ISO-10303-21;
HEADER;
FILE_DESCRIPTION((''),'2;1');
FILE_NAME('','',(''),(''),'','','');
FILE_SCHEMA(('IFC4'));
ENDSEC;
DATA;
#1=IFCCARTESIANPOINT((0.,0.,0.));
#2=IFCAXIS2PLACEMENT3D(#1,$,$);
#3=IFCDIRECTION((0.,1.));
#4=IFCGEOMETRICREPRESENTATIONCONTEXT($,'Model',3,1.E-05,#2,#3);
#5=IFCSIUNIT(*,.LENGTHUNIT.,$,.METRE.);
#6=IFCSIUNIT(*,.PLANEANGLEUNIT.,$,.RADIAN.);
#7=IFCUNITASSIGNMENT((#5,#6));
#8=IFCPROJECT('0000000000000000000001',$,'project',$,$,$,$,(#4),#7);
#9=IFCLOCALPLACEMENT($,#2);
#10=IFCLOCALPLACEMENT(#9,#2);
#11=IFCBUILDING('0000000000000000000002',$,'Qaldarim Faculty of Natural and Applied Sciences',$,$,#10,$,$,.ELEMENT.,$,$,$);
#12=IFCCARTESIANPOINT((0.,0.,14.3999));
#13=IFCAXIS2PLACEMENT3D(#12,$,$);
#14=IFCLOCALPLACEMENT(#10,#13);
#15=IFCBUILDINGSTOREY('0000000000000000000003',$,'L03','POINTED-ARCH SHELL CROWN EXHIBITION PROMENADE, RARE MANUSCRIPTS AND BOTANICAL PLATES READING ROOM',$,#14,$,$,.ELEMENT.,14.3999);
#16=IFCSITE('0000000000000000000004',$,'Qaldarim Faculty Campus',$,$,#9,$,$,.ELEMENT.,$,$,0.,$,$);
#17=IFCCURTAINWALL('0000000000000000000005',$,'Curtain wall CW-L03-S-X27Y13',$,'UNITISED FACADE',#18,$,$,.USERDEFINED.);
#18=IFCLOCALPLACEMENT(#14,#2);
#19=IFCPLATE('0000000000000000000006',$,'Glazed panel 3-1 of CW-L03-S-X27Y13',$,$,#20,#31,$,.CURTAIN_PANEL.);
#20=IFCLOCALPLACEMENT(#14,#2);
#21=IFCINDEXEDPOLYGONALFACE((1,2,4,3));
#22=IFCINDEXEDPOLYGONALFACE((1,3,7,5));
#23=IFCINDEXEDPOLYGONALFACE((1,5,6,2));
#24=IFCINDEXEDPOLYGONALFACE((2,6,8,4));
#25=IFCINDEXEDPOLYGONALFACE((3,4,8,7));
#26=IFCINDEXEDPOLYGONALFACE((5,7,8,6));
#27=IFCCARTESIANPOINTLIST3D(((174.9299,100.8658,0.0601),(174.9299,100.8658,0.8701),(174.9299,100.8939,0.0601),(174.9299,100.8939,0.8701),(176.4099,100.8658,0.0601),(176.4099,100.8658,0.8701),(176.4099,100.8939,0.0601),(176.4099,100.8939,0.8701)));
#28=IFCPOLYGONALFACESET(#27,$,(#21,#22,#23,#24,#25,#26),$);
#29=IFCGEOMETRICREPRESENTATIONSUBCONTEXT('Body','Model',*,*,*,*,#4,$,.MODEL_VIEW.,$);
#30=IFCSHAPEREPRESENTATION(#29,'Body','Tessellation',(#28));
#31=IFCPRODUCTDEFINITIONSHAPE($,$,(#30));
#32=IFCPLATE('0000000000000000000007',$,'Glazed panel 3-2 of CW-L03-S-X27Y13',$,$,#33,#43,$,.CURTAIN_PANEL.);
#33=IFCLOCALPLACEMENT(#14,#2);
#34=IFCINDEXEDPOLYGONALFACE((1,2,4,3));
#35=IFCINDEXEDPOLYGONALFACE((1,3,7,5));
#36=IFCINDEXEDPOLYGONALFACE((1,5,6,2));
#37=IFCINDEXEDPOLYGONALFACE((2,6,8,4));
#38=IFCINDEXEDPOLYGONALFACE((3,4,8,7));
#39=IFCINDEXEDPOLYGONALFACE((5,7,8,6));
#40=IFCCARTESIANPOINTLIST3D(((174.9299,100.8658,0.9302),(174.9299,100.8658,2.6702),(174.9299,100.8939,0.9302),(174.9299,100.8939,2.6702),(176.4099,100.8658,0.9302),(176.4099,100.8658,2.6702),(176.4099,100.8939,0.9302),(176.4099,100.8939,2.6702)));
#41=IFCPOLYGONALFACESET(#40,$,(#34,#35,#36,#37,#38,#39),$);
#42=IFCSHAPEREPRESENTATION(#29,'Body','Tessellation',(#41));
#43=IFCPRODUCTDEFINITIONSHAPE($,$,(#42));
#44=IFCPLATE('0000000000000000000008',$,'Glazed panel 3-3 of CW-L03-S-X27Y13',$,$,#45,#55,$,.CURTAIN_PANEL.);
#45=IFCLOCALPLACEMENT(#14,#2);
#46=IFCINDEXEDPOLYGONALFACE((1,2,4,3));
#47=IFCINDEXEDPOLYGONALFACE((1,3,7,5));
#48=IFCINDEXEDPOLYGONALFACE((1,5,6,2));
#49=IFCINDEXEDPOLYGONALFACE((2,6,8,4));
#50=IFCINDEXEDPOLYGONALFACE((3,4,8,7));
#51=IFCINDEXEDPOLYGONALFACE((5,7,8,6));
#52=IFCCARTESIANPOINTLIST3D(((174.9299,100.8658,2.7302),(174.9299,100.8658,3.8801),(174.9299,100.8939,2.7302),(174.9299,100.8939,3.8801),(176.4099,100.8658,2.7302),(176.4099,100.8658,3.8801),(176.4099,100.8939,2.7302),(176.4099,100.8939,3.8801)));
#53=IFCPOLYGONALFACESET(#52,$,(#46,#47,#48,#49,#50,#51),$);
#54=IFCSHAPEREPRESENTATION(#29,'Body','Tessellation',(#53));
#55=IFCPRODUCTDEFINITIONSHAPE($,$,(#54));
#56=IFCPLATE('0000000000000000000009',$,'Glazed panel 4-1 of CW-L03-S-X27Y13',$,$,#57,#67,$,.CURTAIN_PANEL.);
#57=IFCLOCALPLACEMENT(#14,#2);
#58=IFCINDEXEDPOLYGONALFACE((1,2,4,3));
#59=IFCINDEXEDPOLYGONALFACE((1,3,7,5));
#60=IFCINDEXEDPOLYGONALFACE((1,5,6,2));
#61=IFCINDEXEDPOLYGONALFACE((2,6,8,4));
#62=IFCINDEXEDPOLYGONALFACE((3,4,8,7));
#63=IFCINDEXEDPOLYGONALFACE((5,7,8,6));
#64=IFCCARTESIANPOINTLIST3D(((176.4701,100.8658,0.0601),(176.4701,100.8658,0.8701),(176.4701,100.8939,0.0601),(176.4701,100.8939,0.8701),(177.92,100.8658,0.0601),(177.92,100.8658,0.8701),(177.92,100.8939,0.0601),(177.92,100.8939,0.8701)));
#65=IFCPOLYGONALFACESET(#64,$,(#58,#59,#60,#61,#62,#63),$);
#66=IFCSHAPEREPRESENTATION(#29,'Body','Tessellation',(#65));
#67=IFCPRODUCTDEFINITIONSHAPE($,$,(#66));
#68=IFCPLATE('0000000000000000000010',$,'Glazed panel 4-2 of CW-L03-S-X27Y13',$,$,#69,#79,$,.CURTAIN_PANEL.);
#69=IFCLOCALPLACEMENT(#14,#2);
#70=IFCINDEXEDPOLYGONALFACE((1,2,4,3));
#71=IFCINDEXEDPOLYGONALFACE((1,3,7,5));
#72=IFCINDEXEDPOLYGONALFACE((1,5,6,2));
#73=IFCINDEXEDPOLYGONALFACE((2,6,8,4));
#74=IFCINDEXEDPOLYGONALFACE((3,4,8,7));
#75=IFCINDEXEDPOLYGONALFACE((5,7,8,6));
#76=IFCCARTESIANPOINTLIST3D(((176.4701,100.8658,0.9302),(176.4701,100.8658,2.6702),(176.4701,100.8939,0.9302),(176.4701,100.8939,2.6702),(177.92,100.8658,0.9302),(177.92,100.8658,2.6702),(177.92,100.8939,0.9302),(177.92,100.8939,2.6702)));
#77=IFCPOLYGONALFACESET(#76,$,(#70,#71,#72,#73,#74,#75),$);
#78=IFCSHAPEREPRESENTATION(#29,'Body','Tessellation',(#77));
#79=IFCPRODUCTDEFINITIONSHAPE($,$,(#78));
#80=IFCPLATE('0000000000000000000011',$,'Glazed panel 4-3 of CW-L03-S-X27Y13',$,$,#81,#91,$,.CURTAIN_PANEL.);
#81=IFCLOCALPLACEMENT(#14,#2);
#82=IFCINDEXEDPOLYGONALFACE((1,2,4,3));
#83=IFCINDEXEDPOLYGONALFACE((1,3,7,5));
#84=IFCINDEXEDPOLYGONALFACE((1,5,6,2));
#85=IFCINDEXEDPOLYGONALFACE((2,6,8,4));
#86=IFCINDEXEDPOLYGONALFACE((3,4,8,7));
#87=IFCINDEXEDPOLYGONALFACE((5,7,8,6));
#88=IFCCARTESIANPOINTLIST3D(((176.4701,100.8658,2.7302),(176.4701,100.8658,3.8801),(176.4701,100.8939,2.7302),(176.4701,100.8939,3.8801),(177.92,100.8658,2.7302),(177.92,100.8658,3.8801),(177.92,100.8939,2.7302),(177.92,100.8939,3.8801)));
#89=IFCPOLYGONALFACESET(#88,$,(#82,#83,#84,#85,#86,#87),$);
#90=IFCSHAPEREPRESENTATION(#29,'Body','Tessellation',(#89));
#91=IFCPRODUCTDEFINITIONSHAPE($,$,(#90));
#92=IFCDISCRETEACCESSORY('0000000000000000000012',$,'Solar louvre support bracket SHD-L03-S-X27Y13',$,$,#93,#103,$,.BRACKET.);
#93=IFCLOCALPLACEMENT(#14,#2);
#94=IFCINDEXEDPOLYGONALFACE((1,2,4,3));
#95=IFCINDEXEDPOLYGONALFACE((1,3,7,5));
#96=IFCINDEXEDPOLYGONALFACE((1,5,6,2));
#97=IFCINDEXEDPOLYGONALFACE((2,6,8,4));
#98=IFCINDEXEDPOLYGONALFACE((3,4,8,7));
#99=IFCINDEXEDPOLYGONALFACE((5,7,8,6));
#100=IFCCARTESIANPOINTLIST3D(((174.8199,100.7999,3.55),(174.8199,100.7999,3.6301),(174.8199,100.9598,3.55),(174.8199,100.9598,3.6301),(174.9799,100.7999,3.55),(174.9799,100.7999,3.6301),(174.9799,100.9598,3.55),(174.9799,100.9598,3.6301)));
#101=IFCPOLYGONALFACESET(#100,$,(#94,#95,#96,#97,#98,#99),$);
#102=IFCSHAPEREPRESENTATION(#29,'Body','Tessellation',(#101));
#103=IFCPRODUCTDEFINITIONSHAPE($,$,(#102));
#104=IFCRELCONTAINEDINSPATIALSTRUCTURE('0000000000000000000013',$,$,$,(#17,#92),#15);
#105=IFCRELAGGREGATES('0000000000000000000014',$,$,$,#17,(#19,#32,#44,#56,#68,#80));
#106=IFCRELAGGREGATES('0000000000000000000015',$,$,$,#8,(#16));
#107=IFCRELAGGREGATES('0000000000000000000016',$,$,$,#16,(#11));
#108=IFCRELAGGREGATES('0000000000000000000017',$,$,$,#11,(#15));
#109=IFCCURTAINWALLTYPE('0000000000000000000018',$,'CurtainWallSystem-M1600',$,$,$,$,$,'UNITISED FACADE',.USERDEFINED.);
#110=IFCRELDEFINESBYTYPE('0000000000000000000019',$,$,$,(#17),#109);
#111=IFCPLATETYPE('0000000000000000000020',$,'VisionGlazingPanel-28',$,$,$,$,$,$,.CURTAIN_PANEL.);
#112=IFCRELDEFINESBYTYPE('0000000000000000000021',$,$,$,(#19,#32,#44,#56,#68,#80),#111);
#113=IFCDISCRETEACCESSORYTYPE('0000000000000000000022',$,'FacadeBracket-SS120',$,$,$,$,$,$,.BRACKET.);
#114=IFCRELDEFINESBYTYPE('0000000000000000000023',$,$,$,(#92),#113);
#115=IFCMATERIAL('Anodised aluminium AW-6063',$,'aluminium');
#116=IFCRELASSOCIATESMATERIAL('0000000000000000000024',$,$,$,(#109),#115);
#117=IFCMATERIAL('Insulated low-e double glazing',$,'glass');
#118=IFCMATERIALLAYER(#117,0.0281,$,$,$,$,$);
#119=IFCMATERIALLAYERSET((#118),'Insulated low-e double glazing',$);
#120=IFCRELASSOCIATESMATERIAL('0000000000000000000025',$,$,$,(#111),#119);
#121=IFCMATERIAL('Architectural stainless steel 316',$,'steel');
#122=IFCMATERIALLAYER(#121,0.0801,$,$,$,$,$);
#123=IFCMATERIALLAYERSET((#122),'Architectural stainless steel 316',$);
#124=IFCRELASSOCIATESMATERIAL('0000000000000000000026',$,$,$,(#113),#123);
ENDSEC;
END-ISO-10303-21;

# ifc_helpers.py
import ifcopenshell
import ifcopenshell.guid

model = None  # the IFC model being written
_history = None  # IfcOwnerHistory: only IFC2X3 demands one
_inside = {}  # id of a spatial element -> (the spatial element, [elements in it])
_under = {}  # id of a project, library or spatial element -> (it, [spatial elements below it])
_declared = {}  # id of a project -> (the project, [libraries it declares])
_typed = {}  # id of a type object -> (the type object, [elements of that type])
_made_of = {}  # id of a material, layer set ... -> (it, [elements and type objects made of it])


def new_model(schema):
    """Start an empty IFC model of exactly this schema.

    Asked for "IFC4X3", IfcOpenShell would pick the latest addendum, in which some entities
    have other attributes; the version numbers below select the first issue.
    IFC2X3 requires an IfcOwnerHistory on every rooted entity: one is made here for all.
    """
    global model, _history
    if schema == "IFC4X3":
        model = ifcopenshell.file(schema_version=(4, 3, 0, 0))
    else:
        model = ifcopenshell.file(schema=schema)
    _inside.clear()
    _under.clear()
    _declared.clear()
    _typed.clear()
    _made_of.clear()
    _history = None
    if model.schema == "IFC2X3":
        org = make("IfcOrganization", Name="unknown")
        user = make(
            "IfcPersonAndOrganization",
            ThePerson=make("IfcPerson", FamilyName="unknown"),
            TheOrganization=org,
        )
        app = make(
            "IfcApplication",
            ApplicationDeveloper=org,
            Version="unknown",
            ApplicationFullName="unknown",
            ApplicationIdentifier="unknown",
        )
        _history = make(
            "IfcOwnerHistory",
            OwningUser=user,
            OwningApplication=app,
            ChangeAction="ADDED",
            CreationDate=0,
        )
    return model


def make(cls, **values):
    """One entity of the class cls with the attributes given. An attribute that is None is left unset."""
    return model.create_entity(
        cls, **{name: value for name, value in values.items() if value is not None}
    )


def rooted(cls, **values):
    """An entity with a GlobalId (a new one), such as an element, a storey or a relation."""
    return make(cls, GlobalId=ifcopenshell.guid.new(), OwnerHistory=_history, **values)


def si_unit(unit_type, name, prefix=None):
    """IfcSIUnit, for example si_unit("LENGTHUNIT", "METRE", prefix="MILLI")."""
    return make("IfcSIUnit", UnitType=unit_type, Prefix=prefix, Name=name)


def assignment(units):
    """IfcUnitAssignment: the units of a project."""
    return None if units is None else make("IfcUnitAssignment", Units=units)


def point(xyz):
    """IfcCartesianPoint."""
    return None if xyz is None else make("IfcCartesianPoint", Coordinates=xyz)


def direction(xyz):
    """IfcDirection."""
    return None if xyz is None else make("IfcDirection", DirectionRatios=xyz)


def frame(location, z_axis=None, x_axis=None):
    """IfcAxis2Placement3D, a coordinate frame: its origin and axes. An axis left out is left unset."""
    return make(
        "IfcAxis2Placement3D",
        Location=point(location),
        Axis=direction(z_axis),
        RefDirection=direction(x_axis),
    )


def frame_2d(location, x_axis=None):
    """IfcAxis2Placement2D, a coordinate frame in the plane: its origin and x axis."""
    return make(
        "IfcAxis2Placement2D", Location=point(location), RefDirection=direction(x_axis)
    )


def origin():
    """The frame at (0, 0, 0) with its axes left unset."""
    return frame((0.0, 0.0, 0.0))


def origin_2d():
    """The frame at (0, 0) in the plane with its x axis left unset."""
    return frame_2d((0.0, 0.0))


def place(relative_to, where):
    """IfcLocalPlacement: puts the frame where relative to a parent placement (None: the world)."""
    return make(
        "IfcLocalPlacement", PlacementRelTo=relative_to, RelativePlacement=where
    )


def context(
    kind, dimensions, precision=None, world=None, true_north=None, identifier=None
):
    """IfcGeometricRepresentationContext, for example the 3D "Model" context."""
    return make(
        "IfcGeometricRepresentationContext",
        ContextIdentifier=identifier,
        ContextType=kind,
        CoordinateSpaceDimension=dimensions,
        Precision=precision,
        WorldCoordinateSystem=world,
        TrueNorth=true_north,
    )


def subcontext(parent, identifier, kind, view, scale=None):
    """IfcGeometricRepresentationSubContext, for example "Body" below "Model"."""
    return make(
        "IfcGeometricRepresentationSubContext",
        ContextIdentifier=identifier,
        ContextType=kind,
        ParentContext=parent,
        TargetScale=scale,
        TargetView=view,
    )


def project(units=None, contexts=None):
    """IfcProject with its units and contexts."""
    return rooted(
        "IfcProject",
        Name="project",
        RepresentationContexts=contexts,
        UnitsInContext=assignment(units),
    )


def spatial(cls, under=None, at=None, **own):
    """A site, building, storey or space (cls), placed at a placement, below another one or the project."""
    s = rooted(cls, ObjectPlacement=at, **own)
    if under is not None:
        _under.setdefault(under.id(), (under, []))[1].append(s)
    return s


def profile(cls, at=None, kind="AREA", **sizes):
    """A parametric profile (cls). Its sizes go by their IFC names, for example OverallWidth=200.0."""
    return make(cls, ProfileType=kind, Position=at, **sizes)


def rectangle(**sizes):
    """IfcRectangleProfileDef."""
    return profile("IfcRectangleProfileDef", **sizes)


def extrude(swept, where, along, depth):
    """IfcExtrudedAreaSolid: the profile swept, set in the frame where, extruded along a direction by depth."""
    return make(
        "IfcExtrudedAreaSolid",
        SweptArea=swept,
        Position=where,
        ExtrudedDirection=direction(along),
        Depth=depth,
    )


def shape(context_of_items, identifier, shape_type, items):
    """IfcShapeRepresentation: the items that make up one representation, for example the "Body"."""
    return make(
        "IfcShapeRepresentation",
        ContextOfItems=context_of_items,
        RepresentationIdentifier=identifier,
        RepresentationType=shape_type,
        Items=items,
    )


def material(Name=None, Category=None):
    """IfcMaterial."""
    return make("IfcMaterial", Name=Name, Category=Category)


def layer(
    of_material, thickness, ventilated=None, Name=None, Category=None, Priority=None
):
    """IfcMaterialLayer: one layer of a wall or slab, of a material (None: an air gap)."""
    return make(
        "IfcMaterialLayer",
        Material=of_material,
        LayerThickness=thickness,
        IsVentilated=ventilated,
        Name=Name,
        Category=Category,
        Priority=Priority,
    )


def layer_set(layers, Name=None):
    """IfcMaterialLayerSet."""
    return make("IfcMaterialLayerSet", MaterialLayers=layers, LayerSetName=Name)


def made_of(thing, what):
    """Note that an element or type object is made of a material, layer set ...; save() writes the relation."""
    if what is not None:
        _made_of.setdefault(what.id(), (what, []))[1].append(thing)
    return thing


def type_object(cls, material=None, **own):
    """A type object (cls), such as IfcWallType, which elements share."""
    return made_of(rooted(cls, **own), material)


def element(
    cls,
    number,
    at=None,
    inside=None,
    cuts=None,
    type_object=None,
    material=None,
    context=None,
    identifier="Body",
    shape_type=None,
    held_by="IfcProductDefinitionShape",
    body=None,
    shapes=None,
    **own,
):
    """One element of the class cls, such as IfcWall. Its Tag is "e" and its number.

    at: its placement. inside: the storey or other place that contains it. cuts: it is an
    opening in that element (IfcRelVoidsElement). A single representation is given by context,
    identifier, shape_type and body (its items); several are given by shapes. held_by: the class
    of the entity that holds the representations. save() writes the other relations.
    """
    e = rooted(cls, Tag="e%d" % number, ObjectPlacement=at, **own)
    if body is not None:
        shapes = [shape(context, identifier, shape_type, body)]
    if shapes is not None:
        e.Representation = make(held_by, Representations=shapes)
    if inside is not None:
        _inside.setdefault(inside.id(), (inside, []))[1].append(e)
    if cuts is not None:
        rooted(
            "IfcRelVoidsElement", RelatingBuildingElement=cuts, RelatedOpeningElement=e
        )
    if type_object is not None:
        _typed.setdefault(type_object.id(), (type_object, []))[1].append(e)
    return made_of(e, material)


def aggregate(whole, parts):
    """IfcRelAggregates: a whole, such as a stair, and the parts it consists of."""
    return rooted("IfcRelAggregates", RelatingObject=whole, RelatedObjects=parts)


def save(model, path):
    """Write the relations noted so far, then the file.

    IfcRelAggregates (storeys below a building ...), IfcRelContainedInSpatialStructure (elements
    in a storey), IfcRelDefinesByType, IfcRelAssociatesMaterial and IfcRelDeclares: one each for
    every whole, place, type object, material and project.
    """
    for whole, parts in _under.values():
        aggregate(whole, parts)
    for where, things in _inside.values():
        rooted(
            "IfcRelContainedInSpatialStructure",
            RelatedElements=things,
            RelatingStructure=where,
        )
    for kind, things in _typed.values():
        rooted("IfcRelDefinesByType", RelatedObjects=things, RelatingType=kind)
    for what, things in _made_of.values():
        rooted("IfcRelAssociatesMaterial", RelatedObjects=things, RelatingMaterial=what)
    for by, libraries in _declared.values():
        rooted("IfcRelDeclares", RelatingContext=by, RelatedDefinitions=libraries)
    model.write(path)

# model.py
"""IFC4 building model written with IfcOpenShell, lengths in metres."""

from ifc_helpers import new_model, si_unit, direction, frame, origin, origin_2d, place, context, subcontext, project, spatial, rectangle, extrude, material, layer, layer_set, type_object, element, aggregate, save


model = new_model("IFC4")

# Units and contexts
model_context = context("Model", 3, precision=1e-05, world=origin(), true_north=direction((0.0, 1.0)))
body_context = subcontext(model_context, "Body", "Model", "MODEL_VIEW")
ifc_project = project(units=[si_unit("LENGTHUNIT", "METRE"), si_unit("PLANEANGLEUNIT", "RADIAN")], contexts=[model_context])

# Site, building, storey
site_placement = place(None, origin())
site = spatial("IfcSite", under=ifc_project, at=site_placement, Name="Qaldarim Faculty Campus", CompositionType="ELEMENT", RefElevation=0.0)
building_placement = place(site_placement, origin())
building = spatial("IfcBuilding", under=site, at=building_placement, Name="Qaldarim Faculty of Natural and Applied Sciences", CompositionType="ELEMENT")
storey_placement = place(building_placement, frame((0.0, 0.0, 14.3999)))
storey = spatial("IfcBuildingStorey", under=building, at=storey_placement, Name="L03", Description="POINTED-ARCH SHELL CROWN EXHIBITION PROMENADE, RARE MANUSCRIPTS AND BOTANICAL PLATES READING ROOM", CompositionType="ELEMENT", Elevation=14.3999)

# Curtain wall, plates
ifc_material_1 = material(Name="Anodised aluminium AW-6063", Category="aluminium")
curtain_wall_type = type_object("IfcCurtainWallType", Name="CurtainWallSystem-M1600", ElementType="UNITISED FACADE", PredefinedType="USERDEFINED", material=ifc_material_1)
curtain_wall_placement = place(storey_placement, origin())
curtain_wall = element("IfcCurtainWall", 1, at=curtain_wall_placement, inside=storey, type_object=curtain_wall_type, Name="Curtain wall CW-L03-S-X27Y13", ObjectType="UNITISED FACADE", PredefinedType="USERDEFINED")
ifc_material_2 = material(Name="Insulated low-e double glazing", Category="glass")
ifc_layer_1 = layer(ifc_material_2, 0.0281)
ifc_layer_set_1 = layer_set([ifc_layer_1], Name="Insulated low-e double glazing")
plate_type = type_object("IfcPlateType", Name="VisionGlazingPanel-28", PredefinedType="CURTAIN_PANEL", material=ifc_layer_set_1)
plate_1_placement = place(storey_placement, frame((175.6699, 100.8799, 0.0601), z_axis=(0.0, 0.0, 1.0), x_axis=(1.0, 0.0, 0.0)))
plate_1 = element("IfcPlate", 2, at=plate_1_placement, type_object=plate_type, Name="Glazed panel 3-1 of CW-L03-S-X27Y13", PredefinedType="CURTAIN_PANEL", context=body_context, shape_type="SweptSolid", body=[
    extrude(rectangle(XDim=1.48, YDim=0.0281, at=origin_2d()), origin(), (0.0, 0.0, 1.0), 0.8101),
])
plate_2_placement = place(storey_placement, frame((175.6699, 100.8799, 0.9302), z_axis=(0.0, 0.0, 1.0), x_axis=(1.0, 0.0, 0.0)))
plate_2 = element("IfcPlate", 3, at=plate_2_placement, type_object=plate_type, Name="Glazed panel 3-2 of CW-L03-S-X27Y13", PredefinedType="CURTAIN_PANEL", context=body_context, shape_type="SweptSolid", body=[
    extrude(rectangle(XDim=1.48, YDim=0.0281, at=origin_2d()), origin(), (0.0, 0.0, 1.0), 1.74),
])
plate_3_placement = place(storey_placement, frame((175.6699, 100.8799, 2.7302), z_axis=(0.0, 0.0, 1.0), x_axis=(1.0, 0.0, 0.0)))
plate_3 = element("IfcPlate", 4, at=plate_3_placement, type_object=plate_type, Name="Glazed panel 3-3 of CW-L03-S-X27Y13", PredefinedType="CURTAIN_PANEL", context=body_context, shape_type="SweptSolid", body=[
    extrude(rectangle(XDim=1.48, YDim=0.0281, at=origin_2d()), origin(), (0.0, 0.0, 1.0), 1.1499),
])
plate_4_placement = place(storey_placement, frame((177.1951, 100.8799, 0.0601), z_axis=(0.0, 0.0, 1.0), x_axis=(1.0, 0.0, 0.0)))
plate_4 = element("IfcPlate", 5, at=plate_4_placement, type_object=plate_type, Name="Glazed panel 4-1 of CW-L03-S-X27Y13", PredefinedType="CURTAIN_PANEL", context=body_context, shape_type="SweptSolid", body=[
    extrude(rectangle(XDim=1.45, YDim=0.0281, at=origin_2d()), origin(), (0.0, 0.0, 1.0), 0.8101),
])
plate_5_placement = place(storey_placement, frame((177.1951, 100.8799, 0.9302), z_axis=(0.0, 0.0, 1.0), x_axis=(1.0, 0.0, 0.0)))
plate_5 = element("IfcPlate", 6, at=plate_5_placement, type_object=plate_type, Name="Glazed panel 4-2 of CW-L03-S-X27Y13", PredefinedType="CURTAIN_PANEL", context=body_context, shape_type="SweptSolid", body=[
    extrude(rectangle(XDim=1.45, YDim=0.0281, at=origin_2d()), origin(), (0.0, 0.0, 1.0), 1.74),
])
plate_6_placement = place(storey_placement, frame((177.1951, 100.8799, 2.7302), z_axis=(0.0, 0.0, 1.0), x_axis=(1.0, 0.0, 0.0)))
plate_6 = element("IfcPlate", 7, at=plate_6_placement, type_object=plate_type, Name="Glazed panel 4-3 of CW-L03-S-X27Y13", PredefinedType="CURTAIN_PANEL", context=body_context, shape_type="SweptSolid", body=[
    extrude(rectangle(XDim=1.45, YDim=0.0281, at=origin_2d()), origin(), (0.0, 0.0, 1.0), 1.1499),
])
aggregate(curtain_wall, [plate_1, plate_2, plate_3, plate_4, plate_5, plate_6])

# Discrete accessory
ifc_material_3 = material(Name="Architectural stainless steel 316", Category="steel")
ifc_layer_2 = layer(ifc_material_3, 0.0801)
ifc_layer_set_2 = layer_set([ifc_layer_2], Name="Architectural stainless steel 316")
discrete_accessory_type = type_object("IfcDiscreteAccessoryType", Name="FacadeBracket-SS120", PredefinedType="BRACKET", material=ifc_layer_set_2)
discrete_accessory_placement = place(storey_placement, frame((174.8999, 100.8799, 3.55), z_axis=(0.0, 0.0, 1.0), x_axis=(1.0, 0.0, 0.0)))
element("IfcDiscreteAccessory", 8, at=discrete_accessory_placement, inside=storey, type_object=discrete_accessory_type, Name="Solar louvre support bracket SHD-L03-S-X27Y13", PredefinedType="BRACKET", context=body_context, shape_type="SweptSolid", body=[
    extrude(rectangle(XDim=0.1599, YDim=0.1599, at=origin_2d()), origin(), (0.0, 0.0, 1.0), 0.0801),
])

save(model, "model.ifc")
